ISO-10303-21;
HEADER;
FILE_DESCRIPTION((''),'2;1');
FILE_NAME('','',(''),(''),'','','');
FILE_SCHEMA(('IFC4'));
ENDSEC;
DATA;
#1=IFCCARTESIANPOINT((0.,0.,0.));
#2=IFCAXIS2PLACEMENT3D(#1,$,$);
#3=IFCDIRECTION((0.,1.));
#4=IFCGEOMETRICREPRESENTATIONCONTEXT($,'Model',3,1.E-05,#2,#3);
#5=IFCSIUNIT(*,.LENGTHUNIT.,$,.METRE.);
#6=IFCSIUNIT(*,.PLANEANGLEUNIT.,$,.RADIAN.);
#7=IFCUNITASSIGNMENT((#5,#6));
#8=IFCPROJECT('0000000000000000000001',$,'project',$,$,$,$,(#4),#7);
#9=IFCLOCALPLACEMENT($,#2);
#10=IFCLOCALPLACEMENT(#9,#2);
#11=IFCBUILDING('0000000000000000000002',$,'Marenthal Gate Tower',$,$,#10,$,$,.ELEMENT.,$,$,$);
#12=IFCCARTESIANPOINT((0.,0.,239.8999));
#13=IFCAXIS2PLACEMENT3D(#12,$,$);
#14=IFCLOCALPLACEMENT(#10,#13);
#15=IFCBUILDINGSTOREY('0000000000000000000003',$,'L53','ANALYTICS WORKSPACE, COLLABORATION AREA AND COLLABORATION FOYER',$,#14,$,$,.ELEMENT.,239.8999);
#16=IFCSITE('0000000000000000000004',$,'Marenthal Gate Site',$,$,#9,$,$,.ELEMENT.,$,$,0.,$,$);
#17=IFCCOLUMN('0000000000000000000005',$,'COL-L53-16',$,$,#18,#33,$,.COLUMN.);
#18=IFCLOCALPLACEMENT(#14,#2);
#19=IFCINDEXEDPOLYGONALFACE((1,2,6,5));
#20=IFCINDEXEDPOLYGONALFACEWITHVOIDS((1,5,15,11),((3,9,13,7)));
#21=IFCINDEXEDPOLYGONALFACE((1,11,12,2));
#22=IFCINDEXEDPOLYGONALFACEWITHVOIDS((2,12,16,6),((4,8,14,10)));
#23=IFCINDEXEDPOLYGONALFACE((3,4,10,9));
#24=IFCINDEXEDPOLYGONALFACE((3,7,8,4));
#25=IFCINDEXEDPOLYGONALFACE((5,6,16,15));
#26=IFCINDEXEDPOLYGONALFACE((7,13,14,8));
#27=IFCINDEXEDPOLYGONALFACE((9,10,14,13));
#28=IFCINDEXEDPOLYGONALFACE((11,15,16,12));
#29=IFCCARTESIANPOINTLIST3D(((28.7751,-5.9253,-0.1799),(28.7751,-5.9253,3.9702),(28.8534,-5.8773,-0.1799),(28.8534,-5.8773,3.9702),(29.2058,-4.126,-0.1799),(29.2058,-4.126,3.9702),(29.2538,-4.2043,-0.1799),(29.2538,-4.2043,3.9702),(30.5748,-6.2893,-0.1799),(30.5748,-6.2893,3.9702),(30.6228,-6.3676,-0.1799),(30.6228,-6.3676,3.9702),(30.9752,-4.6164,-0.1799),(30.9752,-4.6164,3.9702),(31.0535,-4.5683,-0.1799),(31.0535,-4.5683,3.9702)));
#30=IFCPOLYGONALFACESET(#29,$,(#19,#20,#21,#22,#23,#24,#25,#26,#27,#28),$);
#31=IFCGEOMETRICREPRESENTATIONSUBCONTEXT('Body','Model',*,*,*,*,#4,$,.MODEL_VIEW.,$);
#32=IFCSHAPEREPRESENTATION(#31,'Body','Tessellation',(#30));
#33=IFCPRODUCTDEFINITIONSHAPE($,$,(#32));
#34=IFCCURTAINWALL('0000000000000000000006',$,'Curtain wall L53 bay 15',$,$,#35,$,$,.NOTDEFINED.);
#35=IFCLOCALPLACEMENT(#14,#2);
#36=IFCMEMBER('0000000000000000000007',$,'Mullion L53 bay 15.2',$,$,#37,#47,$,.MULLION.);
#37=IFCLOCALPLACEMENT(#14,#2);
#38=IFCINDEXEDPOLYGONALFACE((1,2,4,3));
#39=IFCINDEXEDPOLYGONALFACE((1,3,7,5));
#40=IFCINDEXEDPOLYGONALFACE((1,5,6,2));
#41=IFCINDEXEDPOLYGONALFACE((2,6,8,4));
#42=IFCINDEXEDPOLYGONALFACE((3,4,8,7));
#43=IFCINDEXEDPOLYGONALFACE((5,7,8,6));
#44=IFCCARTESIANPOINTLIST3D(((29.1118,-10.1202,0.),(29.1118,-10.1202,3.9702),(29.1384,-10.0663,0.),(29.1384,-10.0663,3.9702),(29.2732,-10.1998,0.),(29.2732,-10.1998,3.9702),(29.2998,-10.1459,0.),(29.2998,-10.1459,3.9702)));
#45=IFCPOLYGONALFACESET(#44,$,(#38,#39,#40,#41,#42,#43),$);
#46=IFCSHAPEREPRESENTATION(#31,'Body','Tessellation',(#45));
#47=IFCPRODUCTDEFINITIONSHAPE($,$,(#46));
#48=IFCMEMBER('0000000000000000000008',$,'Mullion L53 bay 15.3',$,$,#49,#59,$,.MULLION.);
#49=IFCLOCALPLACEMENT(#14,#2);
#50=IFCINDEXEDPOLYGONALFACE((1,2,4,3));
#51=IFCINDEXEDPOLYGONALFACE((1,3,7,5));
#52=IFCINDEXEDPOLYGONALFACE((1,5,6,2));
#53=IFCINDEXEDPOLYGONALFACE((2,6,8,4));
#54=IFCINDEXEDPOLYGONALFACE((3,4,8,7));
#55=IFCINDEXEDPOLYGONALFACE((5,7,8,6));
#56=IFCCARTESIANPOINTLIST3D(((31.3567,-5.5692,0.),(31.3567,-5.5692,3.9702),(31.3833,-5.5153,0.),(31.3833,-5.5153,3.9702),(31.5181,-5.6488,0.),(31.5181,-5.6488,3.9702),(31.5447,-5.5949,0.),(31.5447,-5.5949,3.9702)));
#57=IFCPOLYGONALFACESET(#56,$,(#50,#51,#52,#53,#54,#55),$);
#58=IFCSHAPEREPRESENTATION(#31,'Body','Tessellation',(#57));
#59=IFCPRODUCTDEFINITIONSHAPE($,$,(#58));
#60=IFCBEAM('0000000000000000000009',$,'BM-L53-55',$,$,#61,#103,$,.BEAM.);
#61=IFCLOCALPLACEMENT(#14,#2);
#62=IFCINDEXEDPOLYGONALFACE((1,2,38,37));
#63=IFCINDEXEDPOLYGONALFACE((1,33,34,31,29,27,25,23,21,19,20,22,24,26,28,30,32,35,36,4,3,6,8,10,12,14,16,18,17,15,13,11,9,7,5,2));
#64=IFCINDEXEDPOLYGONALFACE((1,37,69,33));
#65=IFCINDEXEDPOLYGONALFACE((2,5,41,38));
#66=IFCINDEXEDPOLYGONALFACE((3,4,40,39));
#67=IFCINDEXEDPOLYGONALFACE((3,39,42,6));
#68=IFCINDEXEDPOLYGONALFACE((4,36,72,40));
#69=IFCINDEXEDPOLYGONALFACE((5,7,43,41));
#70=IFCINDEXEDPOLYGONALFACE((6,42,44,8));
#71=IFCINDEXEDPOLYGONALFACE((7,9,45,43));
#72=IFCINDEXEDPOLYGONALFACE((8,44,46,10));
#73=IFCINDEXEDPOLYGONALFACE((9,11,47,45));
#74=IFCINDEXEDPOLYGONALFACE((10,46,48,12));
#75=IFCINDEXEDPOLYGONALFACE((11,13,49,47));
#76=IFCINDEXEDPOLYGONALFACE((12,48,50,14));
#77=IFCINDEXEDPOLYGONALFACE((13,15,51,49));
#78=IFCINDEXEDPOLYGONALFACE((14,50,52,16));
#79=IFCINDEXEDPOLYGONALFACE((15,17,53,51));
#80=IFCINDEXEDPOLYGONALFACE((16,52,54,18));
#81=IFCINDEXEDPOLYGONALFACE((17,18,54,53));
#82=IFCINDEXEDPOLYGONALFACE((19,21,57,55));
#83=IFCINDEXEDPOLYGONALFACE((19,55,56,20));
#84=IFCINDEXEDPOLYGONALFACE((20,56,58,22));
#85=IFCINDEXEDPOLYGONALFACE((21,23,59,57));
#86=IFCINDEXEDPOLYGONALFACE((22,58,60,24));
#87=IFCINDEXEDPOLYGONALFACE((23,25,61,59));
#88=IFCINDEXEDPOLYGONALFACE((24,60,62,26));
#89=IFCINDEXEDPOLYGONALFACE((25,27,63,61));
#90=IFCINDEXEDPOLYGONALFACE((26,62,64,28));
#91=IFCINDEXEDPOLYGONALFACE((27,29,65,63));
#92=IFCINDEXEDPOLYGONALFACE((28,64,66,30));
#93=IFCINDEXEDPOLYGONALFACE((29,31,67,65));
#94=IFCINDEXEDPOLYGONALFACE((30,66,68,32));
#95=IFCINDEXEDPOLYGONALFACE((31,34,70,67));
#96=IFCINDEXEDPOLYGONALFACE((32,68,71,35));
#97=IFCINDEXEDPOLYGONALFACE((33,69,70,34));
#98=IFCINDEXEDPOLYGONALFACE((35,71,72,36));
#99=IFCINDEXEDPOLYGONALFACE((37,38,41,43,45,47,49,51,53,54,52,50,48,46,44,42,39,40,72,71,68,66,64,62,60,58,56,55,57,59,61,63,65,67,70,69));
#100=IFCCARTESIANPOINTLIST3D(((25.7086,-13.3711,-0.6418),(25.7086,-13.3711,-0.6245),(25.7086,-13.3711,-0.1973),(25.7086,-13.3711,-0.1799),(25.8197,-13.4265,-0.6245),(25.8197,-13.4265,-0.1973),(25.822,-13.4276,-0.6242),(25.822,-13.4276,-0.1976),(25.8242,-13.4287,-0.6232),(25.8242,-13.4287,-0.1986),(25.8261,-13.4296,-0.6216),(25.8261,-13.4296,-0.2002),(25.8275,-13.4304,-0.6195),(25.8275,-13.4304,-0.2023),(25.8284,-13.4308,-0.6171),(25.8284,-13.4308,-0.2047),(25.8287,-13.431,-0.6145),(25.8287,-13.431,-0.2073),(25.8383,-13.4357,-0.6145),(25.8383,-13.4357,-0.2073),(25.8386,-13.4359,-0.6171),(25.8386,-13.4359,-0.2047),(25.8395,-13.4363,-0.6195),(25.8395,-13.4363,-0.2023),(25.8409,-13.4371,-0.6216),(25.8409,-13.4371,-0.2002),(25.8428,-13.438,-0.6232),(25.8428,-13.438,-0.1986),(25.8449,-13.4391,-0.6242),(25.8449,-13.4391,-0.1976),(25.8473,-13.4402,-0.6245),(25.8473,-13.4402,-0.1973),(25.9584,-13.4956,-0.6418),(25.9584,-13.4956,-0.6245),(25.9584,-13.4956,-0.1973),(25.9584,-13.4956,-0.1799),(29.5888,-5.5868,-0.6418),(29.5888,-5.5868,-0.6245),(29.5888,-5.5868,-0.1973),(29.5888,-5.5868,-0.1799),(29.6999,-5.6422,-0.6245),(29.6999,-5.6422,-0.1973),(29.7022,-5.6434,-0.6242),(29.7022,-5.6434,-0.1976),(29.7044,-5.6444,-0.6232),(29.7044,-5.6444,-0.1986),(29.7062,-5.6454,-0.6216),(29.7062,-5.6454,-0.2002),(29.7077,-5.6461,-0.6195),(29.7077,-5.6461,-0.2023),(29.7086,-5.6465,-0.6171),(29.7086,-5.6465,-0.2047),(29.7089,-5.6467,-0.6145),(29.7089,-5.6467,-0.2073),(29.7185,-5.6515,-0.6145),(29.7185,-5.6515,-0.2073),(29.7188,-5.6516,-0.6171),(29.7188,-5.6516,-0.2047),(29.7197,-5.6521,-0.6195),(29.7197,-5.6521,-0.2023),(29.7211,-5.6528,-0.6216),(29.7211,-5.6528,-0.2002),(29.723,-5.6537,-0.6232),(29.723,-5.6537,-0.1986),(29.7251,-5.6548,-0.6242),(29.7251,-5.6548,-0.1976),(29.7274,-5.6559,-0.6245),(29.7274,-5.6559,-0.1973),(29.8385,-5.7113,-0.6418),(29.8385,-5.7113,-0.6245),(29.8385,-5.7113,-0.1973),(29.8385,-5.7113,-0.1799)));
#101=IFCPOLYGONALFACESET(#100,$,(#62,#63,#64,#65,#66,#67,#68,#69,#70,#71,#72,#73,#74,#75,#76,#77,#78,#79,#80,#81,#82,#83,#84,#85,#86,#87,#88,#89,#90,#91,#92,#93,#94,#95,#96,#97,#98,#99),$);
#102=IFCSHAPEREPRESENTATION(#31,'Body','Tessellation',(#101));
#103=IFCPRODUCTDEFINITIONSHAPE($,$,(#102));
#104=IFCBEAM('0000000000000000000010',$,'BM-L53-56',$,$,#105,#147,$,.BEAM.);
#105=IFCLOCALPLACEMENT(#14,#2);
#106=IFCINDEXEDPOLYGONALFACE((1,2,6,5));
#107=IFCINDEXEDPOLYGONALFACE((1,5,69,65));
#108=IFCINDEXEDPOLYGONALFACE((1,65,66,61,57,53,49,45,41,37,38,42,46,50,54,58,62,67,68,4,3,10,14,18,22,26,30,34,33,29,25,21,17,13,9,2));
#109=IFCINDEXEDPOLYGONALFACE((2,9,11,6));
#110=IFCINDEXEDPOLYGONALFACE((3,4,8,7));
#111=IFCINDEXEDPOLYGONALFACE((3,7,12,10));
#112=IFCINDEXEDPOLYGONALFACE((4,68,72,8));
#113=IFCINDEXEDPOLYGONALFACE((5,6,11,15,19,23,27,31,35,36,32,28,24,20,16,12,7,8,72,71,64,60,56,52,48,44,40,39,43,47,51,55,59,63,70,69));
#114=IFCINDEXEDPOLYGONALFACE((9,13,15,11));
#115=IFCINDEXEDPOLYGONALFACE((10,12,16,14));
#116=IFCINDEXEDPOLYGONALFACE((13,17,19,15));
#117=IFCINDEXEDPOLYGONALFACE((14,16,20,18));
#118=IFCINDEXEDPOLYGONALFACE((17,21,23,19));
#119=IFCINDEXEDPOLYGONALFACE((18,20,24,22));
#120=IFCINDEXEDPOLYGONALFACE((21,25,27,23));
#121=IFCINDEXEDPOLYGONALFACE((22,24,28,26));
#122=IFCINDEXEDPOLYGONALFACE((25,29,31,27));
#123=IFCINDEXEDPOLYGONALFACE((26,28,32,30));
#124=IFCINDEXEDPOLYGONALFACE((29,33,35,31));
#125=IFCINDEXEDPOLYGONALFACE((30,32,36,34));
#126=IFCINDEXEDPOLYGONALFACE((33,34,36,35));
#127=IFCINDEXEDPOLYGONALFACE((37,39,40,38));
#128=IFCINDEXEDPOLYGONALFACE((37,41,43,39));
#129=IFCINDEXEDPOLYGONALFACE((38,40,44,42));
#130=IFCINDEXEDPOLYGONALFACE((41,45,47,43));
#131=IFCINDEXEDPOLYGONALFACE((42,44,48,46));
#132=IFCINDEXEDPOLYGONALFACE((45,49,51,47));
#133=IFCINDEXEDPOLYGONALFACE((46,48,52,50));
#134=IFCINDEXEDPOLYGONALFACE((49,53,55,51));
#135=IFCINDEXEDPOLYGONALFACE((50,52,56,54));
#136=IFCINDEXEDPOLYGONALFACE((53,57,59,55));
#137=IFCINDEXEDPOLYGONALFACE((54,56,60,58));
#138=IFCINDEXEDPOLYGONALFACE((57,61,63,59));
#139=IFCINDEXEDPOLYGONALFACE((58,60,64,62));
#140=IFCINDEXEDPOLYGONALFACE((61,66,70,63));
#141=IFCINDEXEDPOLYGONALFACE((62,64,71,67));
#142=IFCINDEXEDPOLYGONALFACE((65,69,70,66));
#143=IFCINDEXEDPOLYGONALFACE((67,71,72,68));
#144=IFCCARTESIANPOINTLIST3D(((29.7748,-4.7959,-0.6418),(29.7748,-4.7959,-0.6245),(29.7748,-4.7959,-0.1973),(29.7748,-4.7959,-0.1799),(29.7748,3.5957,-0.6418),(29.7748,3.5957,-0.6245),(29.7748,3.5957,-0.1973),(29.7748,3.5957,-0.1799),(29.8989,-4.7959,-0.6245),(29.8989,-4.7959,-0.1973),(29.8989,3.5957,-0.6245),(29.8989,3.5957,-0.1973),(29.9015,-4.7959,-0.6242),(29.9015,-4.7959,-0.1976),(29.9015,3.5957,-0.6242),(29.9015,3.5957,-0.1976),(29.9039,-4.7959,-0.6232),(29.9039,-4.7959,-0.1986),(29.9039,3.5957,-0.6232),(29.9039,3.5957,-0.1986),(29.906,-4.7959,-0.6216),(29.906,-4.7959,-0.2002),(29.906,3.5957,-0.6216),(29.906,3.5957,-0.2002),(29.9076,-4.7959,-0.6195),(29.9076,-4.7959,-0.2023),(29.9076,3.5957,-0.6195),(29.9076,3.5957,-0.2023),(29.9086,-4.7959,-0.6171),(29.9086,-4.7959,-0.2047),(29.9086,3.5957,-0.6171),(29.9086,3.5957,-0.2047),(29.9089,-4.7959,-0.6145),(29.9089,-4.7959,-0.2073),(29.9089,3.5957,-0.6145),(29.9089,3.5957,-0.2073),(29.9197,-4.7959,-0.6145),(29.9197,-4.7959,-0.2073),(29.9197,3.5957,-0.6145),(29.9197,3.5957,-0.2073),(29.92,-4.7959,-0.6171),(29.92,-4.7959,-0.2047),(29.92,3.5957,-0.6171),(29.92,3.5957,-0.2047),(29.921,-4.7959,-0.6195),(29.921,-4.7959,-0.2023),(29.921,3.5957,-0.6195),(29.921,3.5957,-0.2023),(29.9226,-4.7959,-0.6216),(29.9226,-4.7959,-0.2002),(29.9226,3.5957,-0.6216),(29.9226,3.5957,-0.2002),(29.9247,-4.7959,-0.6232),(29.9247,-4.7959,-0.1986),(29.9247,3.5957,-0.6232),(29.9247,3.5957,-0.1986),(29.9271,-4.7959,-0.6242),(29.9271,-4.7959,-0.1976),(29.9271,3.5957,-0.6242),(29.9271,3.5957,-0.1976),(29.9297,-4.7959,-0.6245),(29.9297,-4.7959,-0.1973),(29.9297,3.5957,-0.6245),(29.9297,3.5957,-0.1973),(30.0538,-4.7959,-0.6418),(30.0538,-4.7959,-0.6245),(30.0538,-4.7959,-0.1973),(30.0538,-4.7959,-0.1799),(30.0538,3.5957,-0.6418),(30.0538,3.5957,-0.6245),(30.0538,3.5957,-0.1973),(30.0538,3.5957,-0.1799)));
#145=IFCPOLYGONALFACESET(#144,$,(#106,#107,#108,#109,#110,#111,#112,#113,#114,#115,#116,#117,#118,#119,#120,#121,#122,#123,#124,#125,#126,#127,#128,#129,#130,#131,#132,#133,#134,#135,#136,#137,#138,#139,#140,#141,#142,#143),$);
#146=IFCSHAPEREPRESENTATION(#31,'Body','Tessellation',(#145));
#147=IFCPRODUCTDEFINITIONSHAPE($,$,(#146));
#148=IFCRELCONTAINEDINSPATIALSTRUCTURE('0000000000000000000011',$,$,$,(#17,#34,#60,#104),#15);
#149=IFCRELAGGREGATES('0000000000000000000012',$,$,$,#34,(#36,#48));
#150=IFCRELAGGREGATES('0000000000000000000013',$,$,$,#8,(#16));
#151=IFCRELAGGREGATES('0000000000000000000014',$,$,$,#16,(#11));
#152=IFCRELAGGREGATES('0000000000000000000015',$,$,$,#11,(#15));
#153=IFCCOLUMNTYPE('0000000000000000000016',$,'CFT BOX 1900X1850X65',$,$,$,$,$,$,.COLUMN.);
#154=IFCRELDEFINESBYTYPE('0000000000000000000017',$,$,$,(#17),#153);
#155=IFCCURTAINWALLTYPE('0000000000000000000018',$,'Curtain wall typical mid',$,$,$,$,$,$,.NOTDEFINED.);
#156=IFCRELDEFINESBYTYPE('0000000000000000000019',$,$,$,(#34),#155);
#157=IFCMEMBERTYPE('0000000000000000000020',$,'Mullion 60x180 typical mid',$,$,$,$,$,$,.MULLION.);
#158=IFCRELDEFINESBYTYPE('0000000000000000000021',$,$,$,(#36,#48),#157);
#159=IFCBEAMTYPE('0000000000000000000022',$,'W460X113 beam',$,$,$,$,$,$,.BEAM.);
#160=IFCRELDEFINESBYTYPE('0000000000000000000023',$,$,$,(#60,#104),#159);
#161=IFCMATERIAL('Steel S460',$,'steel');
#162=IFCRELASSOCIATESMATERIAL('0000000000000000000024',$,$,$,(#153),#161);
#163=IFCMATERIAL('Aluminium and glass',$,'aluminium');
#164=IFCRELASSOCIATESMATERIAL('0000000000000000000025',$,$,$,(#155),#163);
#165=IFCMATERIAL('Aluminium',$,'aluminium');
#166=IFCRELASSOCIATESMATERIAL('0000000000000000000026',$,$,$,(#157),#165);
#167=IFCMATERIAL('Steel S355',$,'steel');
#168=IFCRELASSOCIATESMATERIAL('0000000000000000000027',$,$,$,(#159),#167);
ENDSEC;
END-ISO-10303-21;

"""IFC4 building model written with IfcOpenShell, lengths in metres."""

from ifc_helpers import new_model, si_unit, direction, frame, origin, origin_2d, place, context, subcontext, project, spatial, rectangle, hollow_rectangle, i_section, extrude, material, material_profile, profile_set, type_object, element, aggregate, save


model = new_model("IFC4")

# Units and contexts
model_context = context("Model", 3, precision=1e-05, world=origin(), true_north=direction((0.0, 1.0)))
body_context = subcontext(model_context, "Body", "Model", "MODEL_VIEW")
ifc_project = project(units=[si_unit("LENGTHUNIT", "METRE"), si_unit("PLANEANGLEUNIT", "RADIAN")], contexts=[model_context])

# Site, building, storey
site_placement = place(None, origin())
site = spatial("IfcSite", under=ifc_project, at=site_placement, Name="Marenthal Gate Site", CompositionType="ELEMENT", RefElevation=0.0)
building_placement = place(site_placement, origin())
building = spatial("IfcBuilding", under=site, at=building_placement, Name="Marenthal Gate Tower", CompositionType="ELEMENT")
storey_placement = place(building_placement, frame((0.0, 0.0, 239.8999)))
storey = spatial("IfcBuildingStorey", under=building, at=storey_placement, Name="L53", Description="ANALYTICS WORKSPACE, COLLABORATION AREA AND COLLABORATION FOYER", CompositionType="ELEMENT", Elevation=239.8999)

# Column
ifc_material_1 = material(Name="Steel S460", Category="steel")
ifc_material_profile_1 = material_profile(ifc_material_1, hollow_rectangle(XDim=1.8501, YDim=1.8999, WallThickness=0.0649, at=origin_2d()), Name="CFT BOX 1900X1850X65")
ifc_material_2 = material(Name="Concrete 70 MPa", Category="concrete")
ifc_material_profile_2 = material_profile(ifc_material_2, rectangle(XDim=1.72, YDim=1.77, at=origin_2d()), Name="CFT BOX 1900X1850X65 INFILL")
ifc_profile_set_1 = profile_set([ifc_material_profile_1, ifc_material_profile_2], Name="Steel S460 shell, Concrete 70 MPa infill")
column_type = type_object("IfcColumnType", Name="CFT BOX 1900X1850X65", PredefinedType="COLUMN", material=ifc_profile_set_1)
column_placement = place(storey_placement, frame((29.9143, -5.2468, -0.1799), z_axis=(0.0, 0.0, 1.0), x_axis=(-0.232804, -0.972524, 0.0)))
element("IfcColumn", 1, at=column_placement, inside=storey, type_object=column_type, Name="COL-L53-16", PredefinedType="COLUMN", context=body_context, shape_type="SweptSolid", body=[
    extrude(hollow_rectangle(XDim=1.8501, YDim=1.8999, WallThickness=0.0649, at=origin_2d()), origin(), (0.0, 0.0, 1.0), 4.1501),
])

# Curtain wall, members
ifc_material_3 = material(Name="Aluminium and glass", Category="aluminium")
curtain_wall_type = type_object("IfcCurtainWallType", Name="Curtain wall typical mid", PredefinedType="NOTDEFINED", material=ifc_material_3)
curtain_wall_placement = place(storey_placement, origin())
curtain_wall = element("IfcCurtainWall", 2, at=curtain_wall_placement, inside=storey, type_object=curtain_wall_type, Name="Curtain wall L53 bay 15", PredefinedType="NOTDEFINED")
ifc_material_4 = material(Name="Aluminium", Category="aluminium")
ifc_material_profile_3 = material_profile(ifc_material_4, rectangle(XDim=0.1799, YDim=0.0601, at=origin_2d()), Name="60x180 aluminium mullion")
ifc_profile_set_2 = profile_set([ifc_material_profile_3], Name="Aluminium")
member_type = type_object("IfcMemberType", Name="Mullion 60x180 typical mid", PredefinedType="MULLION", material=ifc_profile_set_2)
member_1_placement = place(storey_placement, frame((29.2058, -10.1331, 0.0), z_axis=(0.0, 0.0, 1.0), x_axis=(-0.896835, 0.442364, 0.0)))
member_1 = element("IfcMember", 3, at=member_1_placement, type_object=member_type, Name="Mullion L53 bay 15.2", PredefinedType="MULLION", context=body_context, shape_type="SweptSolid", body=[
    extrude(rectangle(XDim=0.1799, YDim=0.0601, at=origin_2d()), origin(), (0.0, 0.0, 1.0), 3.9702),
])
member_2_placement = place(storey_placement, frame((31.4507, -5.582, 0.0), z_axis=(0.0, 0.0, 1.0), x_axis=(-0.896835, 0.442364, 0.0)))
member_2 = element("IfcMember", 4, at=member_2_placement, type_object=member_type, Name="Mullion L53 bay 15.3", PredefinedType="MULLION", context=body_context, shape_type="SweptSolid", body=[
    extrude(rectangle(XDim=0.1799, YDim=0.0601, at=origin_2d()), origin(), (0.0, 0.0, 1.0), 3.9702),
])

# Beams
ifc_material_5 = material(Name="Steel S355", Category="steel")
ifc_material_profile_4 = material_profile(ifc_material_5, i_section(OverallWidth=0.2791, OverallDepth=0.4619, WebThickness=0.0107, FlangeThickness=0.0173, FilletRadius=0.01, at=origin_2d()), Name="W460X113")
ifc_profile_set_3 = profile_set([ifc_material_profile_4], Name="Steel S355")
beam_type_1 = type_object("IfcBeamType", Name="W460X113 beam", PredefinedType="BEAM", material=ifc_profile_set_3)
beam_1_placement = place(storey_placement, frame((25.8335, -13.4333, -0.4109), z_axis=(0.446113, 0.894977, 0.0), x_axis=(-0.894977, 0.446113, 0.0)))
element("IfcBeam", 5, at=beam_1_placement, inside=storey, type_object=beam_type_1, Name="BM-L53-55", PredefinedType="BEAM", context=body_context, shape_type="SweptSolid", body=[
    extrude(i_section(OverallWidth=0.2791, OverallDepth=0.4619, WebThickness=0.0107, FlangeThickness=0.0173, FilletRadius=0.01, at=origin_2d()), origin(), (0.0, 0.0, 1.0), 8.6978),
])
beam_2_placement = place(storey_placement, frame((29.9143, -4.7959, -0.4109), z_axis=(0.0, 1.0, 0.0), x_axis=(-1.0, 0.0, 0.0)))
element("IfcBeam", 6, at=beam_2_placement, inside=storey, type_object=beam_type_1, Name="BM-L53-56", PredefinedType="BEAM", context=body_context, shape_type="SweptSolid", body=[
    extrude(i_section(OverallWidth=0.2791, OverallDepth=0.4619, WebThickness=0.0107, FlangeThickness=0.0173, FilletRadius=0.01, at=origin_2d()), origin(), (0.0, 0.0, 1.0), 8.3916),
])

aggregate(curtain_wall, [member_1, member_2])

save(model, "model.ifc")
